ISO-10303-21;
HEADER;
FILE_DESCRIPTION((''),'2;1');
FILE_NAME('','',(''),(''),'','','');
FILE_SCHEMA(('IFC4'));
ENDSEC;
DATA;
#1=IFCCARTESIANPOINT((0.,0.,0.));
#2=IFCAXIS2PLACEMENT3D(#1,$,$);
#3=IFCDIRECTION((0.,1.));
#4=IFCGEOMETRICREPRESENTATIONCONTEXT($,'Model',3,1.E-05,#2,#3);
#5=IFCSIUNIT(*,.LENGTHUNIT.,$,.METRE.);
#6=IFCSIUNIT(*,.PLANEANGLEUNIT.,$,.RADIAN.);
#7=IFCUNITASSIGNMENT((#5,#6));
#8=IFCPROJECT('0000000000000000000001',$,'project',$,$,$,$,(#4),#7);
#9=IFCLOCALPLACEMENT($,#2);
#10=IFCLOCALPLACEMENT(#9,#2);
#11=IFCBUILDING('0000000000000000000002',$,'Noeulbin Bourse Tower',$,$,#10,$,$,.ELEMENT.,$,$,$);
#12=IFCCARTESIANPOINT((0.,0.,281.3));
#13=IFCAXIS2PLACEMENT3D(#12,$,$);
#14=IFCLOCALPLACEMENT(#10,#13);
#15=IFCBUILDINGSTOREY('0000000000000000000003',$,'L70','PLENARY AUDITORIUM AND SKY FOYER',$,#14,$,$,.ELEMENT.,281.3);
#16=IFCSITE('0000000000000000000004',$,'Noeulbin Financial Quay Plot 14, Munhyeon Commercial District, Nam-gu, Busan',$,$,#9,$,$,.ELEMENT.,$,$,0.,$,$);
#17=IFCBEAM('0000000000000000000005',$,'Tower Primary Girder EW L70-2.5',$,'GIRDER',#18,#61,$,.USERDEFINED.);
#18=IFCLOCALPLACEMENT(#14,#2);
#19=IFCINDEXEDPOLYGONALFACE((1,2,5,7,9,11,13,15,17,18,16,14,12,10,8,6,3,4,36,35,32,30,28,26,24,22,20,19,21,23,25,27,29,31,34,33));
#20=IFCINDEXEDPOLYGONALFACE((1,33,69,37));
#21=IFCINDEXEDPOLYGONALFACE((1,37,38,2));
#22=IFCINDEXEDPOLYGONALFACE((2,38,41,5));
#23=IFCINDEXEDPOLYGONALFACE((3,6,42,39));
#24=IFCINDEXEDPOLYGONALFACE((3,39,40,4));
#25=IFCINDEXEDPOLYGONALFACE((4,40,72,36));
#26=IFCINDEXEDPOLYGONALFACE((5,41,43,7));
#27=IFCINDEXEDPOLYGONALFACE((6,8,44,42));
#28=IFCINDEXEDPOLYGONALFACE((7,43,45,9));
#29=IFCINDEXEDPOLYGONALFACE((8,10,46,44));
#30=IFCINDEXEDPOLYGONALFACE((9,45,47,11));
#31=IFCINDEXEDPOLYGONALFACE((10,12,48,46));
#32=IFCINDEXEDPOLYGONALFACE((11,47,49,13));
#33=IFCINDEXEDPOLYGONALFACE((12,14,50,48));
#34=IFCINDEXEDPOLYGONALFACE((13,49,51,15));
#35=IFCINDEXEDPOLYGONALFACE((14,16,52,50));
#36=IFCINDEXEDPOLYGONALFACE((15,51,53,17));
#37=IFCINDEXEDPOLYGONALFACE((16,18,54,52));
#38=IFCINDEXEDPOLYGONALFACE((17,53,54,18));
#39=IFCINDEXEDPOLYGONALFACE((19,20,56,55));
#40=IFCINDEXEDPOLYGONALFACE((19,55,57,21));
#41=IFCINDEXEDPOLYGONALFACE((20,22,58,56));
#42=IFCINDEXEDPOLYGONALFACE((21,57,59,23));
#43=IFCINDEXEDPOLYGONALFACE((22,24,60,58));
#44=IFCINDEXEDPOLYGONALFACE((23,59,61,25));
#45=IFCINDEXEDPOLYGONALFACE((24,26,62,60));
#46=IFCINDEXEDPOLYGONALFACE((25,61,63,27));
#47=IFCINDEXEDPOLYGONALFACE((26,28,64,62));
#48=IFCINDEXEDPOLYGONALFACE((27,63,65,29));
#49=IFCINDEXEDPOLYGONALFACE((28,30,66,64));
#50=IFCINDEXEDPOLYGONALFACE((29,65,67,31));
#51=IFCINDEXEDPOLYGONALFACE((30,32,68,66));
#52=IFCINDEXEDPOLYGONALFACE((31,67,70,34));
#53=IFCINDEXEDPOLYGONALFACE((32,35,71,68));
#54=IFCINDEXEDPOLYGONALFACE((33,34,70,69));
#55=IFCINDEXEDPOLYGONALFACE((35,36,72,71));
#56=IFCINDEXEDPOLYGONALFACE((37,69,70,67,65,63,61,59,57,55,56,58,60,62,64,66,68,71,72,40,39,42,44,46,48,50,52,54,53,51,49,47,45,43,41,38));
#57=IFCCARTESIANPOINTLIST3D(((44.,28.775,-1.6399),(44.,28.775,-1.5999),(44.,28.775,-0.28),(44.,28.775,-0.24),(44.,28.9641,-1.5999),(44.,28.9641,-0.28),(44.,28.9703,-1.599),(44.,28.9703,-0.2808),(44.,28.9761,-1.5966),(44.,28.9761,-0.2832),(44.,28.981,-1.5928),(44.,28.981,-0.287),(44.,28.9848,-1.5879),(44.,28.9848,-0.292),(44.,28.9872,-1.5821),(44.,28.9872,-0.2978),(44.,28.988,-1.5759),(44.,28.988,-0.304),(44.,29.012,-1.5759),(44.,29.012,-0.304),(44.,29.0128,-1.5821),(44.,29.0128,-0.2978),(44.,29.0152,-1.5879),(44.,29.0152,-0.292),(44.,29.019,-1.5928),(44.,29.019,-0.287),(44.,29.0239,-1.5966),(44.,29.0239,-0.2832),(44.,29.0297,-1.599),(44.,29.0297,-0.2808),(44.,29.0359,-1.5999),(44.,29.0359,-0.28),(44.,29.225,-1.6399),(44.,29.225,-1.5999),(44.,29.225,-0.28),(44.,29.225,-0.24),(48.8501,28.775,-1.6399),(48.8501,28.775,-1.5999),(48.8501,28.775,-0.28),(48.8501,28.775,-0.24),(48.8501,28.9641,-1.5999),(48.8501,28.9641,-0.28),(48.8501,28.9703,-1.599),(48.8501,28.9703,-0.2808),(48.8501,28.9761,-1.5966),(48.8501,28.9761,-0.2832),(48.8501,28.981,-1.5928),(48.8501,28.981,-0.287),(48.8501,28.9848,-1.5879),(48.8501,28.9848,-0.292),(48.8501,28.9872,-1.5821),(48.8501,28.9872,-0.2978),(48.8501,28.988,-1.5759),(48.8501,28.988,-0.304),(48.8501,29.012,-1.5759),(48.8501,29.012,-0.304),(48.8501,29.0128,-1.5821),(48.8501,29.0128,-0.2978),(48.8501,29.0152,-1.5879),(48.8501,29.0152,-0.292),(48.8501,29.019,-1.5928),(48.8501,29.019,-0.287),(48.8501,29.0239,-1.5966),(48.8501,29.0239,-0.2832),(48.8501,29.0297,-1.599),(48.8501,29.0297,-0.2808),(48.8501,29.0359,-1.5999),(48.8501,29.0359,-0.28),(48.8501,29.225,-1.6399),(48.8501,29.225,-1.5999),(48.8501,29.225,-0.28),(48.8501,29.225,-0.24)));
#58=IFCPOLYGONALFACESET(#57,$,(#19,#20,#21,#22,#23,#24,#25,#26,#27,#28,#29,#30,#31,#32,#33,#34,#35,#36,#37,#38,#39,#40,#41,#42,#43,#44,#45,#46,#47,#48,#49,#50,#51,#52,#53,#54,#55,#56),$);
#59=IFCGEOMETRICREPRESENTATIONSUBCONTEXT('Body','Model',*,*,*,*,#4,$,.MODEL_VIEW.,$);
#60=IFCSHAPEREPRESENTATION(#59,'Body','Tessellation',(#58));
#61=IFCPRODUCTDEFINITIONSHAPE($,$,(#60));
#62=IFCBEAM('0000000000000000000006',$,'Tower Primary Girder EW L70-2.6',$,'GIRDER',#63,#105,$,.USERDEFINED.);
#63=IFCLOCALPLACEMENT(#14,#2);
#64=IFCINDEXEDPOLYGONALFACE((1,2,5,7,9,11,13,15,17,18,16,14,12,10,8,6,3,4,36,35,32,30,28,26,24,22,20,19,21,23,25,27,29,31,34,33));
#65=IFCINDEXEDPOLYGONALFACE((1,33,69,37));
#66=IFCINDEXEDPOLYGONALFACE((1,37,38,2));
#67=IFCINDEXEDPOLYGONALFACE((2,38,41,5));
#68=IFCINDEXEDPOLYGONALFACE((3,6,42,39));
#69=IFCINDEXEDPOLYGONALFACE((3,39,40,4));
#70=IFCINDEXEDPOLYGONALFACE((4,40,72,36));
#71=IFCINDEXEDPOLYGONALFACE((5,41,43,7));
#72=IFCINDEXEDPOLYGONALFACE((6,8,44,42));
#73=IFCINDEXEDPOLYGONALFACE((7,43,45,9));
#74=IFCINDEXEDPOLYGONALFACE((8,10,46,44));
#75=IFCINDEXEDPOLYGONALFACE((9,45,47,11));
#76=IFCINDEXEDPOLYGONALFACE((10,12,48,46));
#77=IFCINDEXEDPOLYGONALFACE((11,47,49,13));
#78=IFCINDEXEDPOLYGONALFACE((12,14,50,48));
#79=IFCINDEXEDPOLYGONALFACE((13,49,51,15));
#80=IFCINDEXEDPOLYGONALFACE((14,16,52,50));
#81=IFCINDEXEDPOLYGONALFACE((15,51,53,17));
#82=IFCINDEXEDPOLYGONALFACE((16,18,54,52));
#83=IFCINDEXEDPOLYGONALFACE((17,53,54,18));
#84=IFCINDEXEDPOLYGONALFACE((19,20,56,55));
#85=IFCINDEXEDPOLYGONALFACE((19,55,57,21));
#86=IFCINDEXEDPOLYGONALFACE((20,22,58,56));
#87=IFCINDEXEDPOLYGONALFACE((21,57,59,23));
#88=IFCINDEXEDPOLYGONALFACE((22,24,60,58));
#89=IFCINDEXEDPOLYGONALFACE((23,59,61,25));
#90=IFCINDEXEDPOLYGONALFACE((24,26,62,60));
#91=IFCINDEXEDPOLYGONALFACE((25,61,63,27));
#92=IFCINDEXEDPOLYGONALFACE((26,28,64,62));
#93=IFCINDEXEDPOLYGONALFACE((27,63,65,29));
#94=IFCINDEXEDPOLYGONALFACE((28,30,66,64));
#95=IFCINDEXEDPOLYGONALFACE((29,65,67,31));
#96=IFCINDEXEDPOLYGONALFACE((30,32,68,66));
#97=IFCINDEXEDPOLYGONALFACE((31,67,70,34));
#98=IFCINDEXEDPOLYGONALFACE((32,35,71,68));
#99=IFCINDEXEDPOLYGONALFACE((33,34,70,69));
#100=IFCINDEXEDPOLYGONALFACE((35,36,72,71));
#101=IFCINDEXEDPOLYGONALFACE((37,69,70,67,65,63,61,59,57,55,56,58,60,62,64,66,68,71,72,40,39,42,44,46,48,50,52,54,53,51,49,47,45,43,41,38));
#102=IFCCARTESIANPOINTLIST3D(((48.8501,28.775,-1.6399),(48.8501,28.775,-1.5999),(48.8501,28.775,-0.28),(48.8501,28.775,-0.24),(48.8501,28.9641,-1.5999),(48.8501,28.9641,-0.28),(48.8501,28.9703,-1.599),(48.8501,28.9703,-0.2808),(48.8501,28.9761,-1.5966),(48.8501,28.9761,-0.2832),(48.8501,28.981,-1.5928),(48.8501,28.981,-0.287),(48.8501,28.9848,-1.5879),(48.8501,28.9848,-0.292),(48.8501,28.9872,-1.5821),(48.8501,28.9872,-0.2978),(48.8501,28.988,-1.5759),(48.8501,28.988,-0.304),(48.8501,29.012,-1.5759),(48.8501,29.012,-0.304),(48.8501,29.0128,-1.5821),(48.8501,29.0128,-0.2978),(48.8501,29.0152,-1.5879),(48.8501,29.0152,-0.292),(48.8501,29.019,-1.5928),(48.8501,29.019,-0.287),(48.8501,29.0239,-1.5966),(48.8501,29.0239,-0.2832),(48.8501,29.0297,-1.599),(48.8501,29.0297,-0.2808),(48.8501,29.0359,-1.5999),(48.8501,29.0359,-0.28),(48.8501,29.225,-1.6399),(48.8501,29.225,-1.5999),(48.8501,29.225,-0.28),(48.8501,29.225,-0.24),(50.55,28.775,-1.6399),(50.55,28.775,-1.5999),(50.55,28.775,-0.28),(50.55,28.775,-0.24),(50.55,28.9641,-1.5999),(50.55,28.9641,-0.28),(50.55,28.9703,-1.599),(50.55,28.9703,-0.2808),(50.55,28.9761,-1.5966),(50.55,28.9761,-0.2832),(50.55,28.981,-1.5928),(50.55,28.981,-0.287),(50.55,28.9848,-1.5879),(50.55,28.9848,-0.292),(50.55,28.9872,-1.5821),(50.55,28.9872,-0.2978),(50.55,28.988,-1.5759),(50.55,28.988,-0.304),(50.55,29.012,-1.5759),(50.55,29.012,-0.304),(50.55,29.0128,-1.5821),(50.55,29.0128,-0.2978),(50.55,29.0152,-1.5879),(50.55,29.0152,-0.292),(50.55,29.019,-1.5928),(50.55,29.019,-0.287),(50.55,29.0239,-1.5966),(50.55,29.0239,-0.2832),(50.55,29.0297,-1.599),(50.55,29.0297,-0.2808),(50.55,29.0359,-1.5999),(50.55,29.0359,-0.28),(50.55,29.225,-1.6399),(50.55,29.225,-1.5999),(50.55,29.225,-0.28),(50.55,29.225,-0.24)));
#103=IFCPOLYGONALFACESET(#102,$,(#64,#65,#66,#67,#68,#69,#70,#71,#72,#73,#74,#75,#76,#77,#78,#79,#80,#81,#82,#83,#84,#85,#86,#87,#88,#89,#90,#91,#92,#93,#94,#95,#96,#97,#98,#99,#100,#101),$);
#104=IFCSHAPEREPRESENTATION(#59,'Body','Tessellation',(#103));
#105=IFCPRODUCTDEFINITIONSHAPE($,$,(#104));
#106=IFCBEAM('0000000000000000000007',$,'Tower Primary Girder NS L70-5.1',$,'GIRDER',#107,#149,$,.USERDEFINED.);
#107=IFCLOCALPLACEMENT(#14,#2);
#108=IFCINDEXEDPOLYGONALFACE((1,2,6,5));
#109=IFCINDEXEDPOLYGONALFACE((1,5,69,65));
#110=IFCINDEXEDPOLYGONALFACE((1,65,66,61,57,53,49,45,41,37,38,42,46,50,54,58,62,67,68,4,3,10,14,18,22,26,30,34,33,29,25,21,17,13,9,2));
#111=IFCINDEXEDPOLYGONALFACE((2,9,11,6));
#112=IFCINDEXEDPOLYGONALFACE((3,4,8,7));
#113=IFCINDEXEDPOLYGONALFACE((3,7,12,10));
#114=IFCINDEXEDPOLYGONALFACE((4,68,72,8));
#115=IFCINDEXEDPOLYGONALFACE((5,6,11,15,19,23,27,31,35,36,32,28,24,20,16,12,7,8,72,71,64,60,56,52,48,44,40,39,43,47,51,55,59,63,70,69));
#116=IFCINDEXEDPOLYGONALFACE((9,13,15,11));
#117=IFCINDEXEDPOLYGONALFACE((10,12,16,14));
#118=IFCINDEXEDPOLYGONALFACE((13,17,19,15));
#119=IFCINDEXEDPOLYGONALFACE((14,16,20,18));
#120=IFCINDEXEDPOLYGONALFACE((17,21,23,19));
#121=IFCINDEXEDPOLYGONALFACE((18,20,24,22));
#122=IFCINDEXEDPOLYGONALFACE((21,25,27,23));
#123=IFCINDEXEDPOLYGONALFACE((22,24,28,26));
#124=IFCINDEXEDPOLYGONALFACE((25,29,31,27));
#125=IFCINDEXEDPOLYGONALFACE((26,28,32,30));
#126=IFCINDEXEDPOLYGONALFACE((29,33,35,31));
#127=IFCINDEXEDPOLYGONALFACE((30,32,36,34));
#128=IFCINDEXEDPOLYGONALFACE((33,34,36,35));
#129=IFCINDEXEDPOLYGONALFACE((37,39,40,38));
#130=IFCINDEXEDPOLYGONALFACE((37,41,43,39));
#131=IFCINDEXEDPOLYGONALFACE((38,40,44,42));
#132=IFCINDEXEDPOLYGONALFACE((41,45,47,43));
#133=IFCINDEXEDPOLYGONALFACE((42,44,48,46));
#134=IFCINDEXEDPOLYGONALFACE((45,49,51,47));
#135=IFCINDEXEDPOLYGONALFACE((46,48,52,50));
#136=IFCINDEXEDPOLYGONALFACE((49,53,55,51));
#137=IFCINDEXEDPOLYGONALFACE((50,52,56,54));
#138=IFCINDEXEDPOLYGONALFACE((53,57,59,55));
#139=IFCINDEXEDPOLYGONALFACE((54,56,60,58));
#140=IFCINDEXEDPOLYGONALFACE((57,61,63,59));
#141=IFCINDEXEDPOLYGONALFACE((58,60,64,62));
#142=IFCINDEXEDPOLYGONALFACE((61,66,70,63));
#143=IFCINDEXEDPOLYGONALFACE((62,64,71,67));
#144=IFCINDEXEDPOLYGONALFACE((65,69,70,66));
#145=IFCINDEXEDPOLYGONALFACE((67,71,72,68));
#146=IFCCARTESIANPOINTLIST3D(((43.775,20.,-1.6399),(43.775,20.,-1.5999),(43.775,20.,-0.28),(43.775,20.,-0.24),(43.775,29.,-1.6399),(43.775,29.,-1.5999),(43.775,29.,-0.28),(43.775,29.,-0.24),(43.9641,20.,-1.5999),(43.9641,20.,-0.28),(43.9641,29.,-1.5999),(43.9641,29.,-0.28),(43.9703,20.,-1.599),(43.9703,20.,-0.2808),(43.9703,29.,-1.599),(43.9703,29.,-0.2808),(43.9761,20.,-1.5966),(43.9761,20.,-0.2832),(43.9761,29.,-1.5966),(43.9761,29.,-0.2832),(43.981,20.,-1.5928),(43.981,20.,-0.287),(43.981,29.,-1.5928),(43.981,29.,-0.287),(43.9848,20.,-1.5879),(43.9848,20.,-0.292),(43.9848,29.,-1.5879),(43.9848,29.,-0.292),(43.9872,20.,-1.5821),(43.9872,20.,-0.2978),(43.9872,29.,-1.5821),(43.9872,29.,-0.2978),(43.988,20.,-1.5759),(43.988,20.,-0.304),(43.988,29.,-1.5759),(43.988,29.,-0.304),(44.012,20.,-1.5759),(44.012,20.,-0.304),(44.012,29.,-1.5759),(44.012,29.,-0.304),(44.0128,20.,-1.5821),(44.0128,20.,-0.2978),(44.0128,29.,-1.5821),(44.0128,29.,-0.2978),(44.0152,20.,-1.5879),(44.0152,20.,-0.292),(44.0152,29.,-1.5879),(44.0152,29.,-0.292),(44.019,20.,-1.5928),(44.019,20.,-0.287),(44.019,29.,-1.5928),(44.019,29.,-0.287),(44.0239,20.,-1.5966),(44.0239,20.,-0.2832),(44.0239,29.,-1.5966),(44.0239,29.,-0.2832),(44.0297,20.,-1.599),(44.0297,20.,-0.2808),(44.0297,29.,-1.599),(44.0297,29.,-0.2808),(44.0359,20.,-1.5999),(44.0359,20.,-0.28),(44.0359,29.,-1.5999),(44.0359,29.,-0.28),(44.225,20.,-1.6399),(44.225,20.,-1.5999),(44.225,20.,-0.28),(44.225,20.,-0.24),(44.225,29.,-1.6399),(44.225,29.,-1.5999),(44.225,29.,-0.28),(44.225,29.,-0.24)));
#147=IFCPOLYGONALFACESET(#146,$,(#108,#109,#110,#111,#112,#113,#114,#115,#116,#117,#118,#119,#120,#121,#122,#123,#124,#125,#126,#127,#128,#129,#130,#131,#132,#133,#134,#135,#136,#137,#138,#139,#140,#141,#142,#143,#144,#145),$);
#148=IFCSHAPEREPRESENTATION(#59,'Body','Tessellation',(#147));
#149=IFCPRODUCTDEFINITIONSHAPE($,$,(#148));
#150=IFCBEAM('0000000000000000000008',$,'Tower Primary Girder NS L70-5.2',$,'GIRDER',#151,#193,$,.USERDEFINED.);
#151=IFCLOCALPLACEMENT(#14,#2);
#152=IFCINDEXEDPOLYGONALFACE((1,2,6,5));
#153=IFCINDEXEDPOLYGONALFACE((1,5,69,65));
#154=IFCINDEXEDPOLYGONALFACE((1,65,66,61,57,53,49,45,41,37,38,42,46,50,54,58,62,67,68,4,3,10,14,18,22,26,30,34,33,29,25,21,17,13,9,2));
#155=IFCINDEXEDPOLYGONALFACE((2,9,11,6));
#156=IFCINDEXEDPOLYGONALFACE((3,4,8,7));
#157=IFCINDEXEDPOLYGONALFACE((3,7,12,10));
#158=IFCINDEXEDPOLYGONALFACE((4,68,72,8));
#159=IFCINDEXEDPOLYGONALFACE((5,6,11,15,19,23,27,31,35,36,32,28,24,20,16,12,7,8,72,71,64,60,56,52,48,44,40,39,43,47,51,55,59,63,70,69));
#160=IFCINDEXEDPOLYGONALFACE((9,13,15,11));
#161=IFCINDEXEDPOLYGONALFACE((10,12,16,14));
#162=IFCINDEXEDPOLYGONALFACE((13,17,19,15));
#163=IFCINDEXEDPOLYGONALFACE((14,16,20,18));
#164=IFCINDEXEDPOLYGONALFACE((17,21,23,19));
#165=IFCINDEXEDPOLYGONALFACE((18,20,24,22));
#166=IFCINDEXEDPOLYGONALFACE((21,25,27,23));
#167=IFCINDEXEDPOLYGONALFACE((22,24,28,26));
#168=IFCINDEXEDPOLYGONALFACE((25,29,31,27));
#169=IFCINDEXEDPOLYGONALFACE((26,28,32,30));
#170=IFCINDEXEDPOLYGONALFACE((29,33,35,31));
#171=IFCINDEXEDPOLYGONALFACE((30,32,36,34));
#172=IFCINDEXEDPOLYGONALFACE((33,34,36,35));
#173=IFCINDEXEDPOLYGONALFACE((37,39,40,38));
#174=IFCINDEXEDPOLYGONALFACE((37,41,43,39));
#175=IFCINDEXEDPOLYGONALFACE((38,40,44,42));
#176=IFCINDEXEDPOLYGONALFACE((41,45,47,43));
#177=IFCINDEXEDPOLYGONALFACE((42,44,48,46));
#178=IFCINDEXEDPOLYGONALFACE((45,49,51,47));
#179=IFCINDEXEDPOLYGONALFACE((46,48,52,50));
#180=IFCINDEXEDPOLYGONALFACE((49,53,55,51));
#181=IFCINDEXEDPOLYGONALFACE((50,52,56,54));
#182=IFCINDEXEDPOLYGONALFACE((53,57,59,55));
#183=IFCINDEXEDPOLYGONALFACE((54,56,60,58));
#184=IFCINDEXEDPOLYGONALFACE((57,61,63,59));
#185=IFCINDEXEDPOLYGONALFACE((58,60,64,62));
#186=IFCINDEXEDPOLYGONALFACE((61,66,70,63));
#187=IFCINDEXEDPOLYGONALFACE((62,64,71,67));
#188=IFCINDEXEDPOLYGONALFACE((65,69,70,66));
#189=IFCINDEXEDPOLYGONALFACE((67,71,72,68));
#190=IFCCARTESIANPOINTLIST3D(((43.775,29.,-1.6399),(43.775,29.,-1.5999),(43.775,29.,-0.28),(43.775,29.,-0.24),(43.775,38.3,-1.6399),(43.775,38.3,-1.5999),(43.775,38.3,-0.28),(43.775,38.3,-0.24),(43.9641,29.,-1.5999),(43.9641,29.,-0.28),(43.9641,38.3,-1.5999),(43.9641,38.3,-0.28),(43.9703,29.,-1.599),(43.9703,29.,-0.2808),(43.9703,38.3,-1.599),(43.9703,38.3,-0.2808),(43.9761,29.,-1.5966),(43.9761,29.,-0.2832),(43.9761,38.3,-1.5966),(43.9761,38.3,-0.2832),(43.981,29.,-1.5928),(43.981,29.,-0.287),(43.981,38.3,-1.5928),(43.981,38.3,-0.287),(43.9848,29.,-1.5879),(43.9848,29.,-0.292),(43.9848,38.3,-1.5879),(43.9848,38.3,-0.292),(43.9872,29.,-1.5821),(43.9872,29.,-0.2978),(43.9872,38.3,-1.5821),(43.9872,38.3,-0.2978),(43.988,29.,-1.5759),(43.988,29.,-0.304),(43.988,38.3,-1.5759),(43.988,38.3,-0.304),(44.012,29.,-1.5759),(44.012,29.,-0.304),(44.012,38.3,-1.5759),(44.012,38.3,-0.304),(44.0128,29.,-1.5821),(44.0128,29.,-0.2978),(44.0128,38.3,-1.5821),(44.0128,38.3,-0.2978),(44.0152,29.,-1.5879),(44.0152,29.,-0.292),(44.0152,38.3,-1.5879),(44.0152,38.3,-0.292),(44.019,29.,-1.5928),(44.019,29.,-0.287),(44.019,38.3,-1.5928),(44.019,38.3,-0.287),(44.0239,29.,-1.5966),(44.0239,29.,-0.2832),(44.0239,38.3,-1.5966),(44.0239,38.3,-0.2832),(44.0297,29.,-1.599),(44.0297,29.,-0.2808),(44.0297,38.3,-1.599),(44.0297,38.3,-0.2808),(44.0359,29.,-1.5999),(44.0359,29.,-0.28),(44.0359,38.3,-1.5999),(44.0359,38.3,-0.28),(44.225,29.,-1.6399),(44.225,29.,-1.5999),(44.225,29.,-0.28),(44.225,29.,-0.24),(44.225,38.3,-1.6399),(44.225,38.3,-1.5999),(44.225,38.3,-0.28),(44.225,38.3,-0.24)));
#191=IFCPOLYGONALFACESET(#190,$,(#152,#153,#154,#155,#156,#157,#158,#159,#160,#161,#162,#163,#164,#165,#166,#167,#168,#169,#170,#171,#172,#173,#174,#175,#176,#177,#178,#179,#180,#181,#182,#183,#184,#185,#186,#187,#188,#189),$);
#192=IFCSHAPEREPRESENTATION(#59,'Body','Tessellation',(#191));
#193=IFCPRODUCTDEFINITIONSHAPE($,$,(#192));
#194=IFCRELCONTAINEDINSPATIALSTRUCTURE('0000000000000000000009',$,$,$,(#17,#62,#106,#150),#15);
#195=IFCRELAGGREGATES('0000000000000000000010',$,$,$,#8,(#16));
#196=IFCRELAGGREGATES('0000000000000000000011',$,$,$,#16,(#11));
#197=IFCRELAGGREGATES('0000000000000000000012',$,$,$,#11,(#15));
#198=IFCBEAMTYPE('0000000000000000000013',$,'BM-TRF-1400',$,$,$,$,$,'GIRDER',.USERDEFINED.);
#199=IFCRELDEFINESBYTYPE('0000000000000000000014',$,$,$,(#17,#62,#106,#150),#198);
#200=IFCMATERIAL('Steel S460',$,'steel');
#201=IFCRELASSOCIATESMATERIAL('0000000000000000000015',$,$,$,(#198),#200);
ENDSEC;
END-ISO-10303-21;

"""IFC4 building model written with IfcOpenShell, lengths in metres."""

from ifc_helpers import new_model, si_unit, direction, frame, origin, origin_2d, place, context, subcontext, project, spatial, i_section, extrude, material, material_profile, profile_set, type_object, element, save


model = new_model("IFC4")

# Units and contexts
model_context = context("Model", 3, precision=1e-05, world=origin(), true_north=direction((0.0, 1.0)))
body_context = subcontext(model_context, "Body", "Model", "MODEL_VIEW")
ifc_project = project(units=[si_unit("LENGTHUNIT", "METRE"), si_unit("PLANEANGLEUNIT", "RADIAN")], contexts=[model_context])

# Site, building, storey
site_placement = place(None, origin())
site = spatial("IfcSite", under=ifc_project, at=site_placement, Name="Noeulbin Financial Quay Plot 14, Munhyeon Commercial District, Nam-gu, Busan", CompositionType="ELEMENT", RefElevation=0.0)
building_placement = place(site_placement, origin())
building = spatial("IfcBuilding", under=site, at=building_placement, Name="Noeulbin Bourse Tower", CompositionType="ELEMENT")
storey_placement = place(building_placement, frame((0.0, 0.0, 281.3)))
storey = spatial("IfcBuildingStorey", under=building, at=storey_placement, Name="L70", Description="PLENARY AUDITORIUM AND SKY FOYER", CompositionType="ELEMENT", Elevation=281.3)

# Beams
ifc_material_1 = material(Name="Steel S460", Category="steel")
ifc_material_profile_1 = material_profile(ifc_material_1, i_section(OverallWidth=0.45, OverallDepth=1.3999, WebThickness=0.0239, FlangeThickness=0.04, FilletRadius=0.0239, at=origin_2d()), Name="PG-1400x450x24x40", Category="LoadBearing")
ifc_profile_set_1 = profile_set([ifc_material_profile_1], Name="Steel S460")
beam_type_1 = type_object("IfcBeamType", Name="BM-TRF-1400", ElementType="GIRDER", PredefinedType="USERDEFINED", material=ifc_profile_set_1)
beam_1_placement = place(storey_placement, frame((44.0, 29.0, -0.9399), z_axis=(1.0, 0.0, 0.0), x_axis=(0.0, 1.0, 0.0)))
element("IfcBeam", 1, at=beam_1_placement, inside=storey, type_object=beam_type_1, Name="Tower Primary Girder EW L70-2.5", ObjectType="GIRDER", PredefinedType="USERDEFINED", context=body_context, shape_type="SweptSolid", body=[
    extrude(i_section(OverallWidth=0.45, OverallDepth=1.3999, WebThickness=0.0239, FlangeThickness=0.04, FilletRadius=0.0239, at=origin_2d()), origin(), (0.0, 0.0, 1.0), 4.8501),
])
beam_2_placement = place(storey_placement, frame((48.8501, 29.0, -0.9399), z_axis=(1.0, 0.0, 0.0), x_axis=(0.0, 1.0, 0.0)))
element("IfcBeam", 2, at=beam_2_placement, inside=storey, type_object=beam_type_1, Name="Tower Primary Girder EW L70-2.6", ObjectType="GIRDER", PredefinedType="USERDEFINED", context=body_context, shape_type="SweptSolid", body=[
    extrude(i_section(OverallWidth=0.45, OverallDepth=1.3999, WebThickness=0.0239, FlangeThickness=0.04, FilletRadius=0.0239, at=origin_2d()), origin(), (0.0, 0.0, 1.0), 1.7),
])
beam_3_placement = place(storey_placement, frame((44.0, 20.0, -0.9399), z_axis=(0.0, 1.0, 0.0), x_axis=(-1.0, 0.0, 0.0)))
element("IfcBeam", 3, at=beam_3_placement, inside=storey, type_object=beam_type_1, Name="Tower Primary Girder NS L70-5.1", ObjectType="GIRDER", PredefinedType="USERDEFINED", context=body_context, shape_type="SweptSolid", body=[
    extrude(i_section(OverallWidth=0.45, OverallDepth=1.3999, WebThickness=0.0239, FlangeThickness=0.04, FilletRadius=0.0239, at=origin_2d()), origin(), (0.0, 0.0, 1.0), 9.0),
])
for number, where, z_axis, x_axis, name in (
    (4, (44.0, 29.0, -0.9399), (0.0, 1.0, 0.0), (-1.0, 0.0, 0.0), "Tower Primary Girder NS L70-5.2"),
):
    element("IfcBeam", number, at=place(storey_placement, frame(where, z_axis=z_axis, x_axis=x_axis)), inside=storey, type_object=beam_type_1, Name=name, ObjectType="GIRDER", PredefinedType="USERDEFINED", context=body_context, shape_type="SweptSolid", body=[
        extrude(i_section(OverallWidth=0.45, OverallDepth=1.3999, WebThickness=0.0239, FlangeThickness=0.04, FilletRadius=0.0239, at=origin_2d()), origin(), (0.0, 0.0, 1.0), 9.3),
    ])

save(model, "model.ifc")
